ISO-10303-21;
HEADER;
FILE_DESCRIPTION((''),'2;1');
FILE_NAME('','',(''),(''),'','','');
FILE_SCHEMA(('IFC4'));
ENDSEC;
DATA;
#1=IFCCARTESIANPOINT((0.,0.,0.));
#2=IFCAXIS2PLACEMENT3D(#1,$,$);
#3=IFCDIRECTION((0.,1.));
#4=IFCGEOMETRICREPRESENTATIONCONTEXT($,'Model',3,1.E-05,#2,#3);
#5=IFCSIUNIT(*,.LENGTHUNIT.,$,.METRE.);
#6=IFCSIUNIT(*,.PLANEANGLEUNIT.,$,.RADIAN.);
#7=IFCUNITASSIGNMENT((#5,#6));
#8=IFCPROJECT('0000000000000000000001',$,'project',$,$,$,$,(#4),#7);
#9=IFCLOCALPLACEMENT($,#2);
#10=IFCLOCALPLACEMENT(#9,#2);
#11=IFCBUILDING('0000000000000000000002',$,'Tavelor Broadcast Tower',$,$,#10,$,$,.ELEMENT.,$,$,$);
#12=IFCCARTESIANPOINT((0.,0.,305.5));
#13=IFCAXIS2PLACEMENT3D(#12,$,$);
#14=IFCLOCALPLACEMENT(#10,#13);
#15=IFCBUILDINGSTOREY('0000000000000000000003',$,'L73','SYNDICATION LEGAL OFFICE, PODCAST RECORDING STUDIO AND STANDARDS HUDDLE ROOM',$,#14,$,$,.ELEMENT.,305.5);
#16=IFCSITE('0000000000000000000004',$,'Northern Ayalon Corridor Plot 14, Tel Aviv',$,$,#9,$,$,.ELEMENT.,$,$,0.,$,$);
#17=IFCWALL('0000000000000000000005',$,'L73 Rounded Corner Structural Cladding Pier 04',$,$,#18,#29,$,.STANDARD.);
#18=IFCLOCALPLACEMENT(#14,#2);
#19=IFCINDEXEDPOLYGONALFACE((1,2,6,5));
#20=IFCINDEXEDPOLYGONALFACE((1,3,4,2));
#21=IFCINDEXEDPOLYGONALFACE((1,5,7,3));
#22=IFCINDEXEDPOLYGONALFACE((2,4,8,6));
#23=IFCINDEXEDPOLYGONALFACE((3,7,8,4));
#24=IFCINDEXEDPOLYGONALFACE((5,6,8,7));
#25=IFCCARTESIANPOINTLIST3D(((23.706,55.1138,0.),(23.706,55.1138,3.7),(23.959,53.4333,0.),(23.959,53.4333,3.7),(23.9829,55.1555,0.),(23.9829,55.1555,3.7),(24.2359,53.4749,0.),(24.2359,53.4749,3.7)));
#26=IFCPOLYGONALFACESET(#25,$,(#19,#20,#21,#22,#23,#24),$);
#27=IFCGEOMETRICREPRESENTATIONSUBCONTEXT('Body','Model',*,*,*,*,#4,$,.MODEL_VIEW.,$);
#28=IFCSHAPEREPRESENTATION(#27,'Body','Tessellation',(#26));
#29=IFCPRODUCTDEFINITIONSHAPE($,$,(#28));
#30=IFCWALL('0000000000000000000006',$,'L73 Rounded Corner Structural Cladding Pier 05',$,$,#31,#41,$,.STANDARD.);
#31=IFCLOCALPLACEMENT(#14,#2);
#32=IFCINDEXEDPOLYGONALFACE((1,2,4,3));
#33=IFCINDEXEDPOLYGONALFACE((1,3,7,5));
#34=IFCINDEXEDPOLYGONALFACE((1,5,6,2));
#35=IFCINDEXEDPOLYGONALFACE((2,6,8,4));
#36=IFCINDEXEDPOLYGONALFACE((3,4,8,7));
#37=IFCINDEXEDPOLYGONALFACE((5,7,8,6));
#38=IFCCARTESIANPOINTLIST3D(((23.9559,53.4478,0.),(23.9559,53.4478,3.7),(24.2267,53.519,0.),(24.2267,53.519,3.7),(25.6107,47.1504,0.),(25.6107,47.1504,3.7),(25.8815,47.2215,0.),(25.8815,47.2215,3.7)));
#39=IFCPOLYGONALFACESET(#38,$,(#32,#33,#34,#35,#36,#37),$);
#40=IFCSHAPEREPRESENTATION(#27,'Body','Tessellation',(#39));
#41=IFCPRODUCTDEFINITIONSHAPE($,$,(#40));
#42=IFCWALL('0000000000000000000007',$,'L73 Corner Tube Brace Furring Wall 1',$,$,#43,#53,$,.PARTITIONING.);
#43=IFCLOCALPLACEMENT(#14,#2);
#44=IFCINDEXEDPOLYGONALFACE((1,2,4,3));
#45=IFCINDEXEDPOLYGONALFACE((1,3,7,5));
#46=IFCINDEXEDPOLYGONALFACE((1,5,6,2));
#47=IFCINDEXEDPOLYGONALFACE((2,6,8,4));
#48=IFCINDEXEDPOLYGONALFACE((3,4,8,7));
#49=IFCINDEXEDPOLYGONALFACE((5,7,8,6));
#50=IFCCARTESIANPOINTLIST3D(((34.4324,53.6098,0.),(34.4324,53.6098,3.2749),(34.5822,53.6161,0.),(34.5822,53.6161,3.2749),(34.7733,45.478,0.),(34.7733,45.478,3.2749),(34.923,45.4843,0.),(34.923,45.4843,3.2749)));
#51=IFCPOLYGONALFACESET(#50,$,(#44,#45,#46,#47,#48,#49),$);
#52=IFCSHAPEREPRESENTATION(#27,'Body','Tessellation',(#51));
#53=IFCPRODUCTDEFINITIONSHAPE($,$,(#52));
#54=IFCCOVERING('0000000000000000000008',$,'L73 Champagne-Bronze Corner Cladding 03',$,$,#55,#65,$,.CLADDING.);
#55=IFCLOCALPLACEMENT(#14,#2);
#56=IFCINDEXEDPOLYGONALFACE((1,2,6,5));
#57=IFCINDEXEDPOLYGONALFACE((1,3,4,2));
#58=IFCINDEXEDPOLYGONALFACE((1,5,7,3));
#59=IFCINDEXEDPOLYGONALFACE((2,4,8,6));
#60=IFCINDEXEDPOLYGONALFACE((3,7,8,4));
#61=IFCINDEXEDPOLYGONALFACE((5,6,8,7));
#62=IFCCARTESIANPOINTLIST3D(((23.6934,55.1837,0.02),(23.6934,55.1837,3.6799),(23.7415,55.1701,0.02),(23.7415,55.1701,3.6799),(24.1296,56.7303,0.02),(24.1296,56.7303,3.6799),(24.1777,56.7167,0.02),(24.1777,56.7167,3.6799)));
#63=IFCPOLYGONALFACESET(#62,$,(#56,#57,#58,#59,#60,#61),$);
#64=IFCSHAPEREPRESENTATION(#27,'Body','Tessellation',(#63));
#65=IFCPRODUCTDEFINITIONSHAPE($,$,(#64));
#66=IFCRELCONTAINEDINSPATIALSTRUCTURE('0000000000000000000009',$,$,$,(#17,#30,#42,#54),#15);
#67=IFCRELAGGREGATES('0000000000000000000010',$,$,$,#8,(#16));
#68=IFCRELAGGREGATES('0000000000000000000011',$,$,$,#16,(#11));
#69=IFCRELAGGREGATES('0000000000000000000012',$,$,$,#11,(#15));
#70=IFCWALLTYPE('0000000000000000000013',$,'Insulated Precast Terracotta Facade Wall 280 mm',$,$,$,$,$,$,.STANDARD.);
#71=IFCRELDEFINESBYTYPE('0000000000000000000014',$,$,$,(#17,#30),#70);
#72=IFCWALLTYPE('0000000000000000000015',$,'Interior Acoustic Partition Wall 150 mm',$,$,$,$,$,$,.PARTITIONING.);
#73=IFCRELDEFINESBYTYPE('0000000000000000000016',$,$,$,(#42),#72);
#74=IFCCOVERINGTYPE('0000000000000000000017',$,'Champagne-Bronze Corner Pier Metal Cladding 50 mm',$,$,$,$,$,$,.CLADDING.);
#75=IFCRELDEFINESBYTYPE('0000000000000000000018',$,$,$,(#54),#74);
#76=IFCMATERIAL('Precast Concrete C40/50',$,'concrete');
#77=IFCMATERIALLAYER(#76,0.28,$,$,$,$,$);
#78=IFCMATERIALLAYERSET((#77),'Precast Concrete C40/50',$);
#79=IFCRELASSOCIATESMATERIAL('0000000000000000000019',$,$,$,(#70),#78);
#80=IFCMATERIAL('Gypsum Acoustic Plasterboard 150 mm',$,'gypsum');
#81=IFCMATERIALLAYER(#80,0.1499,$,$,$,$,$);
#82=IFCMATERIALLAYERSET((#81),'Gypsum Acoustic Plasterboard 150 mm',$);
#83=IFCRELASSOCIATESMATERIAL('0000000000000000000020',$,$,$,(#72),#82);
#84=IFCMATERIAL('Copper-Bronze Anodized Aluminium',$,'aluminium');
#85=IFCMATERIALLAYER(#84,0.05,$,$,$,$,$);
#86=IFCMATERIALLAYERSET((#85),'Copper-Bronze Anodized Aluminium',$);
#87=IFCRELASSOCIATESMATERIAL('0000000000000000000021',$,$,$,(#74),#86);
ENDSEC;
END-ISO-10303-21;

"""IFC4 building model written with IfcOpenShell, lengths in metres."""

from ifc_helpers import new_model, si_unit, direction, frame, frame_2d, origin, origin_2d, place, context, subcontext, project, spatial, rectangle, extrude, material, layer, layer_set, type_object, element, save


model = new_model("IFC4")

# Units and contexts
model_context = context("Model", 3, precision=1e-05, world=origin(), true_north=direction((0.0, 1.0)))
body_context = subcontext(model_context, "Body", "Model", "MODEL_VIEW")
ifc_project = project(units=[si_unit("LENGTHUNIT", "METRE"), si_unit("PLANEANGLEUNIT", "RADIAN")], contexts=[model_context])

# Site, building, storey
site_placement = place(None, origin())
site = spatial("IfcSite", under=ifc_project, at=site_placement, Name="Northern Ayalon Corridor Plot 14, Tel Aviv", CompositionType="ELEMENT", RefElevation=0.0)
building_placement = place(site_placement, origin())
building = spatial("IfcBuilding", under=site, at=building_placement, Name="Tavelor Broadcast Tower", CompositionType="ELEMENT")
storey_placement = place(building_placement, frame((0.0, 0.0, 305.5)))
storey = spatial("IfcBuildingStorey", under=building, at=storey_placement, Name="L73", Description="SYNDICATION LEGAL OFFICE, PODCAST RECORDING STUDIO AND STANDARDS HUDDLE ROOM", CompositionType="ELEMENT", Elevation=305.5)

# Walls
ifc_material_1 = material(Name="Precast Concrete C40/50", Category="concrete")
ifc_layer_1 = layer(ifc_material_1, 0.28)
ifc_layer_set_1 = layer_set([ifc_layer_1], Name="Precast Concrete C40/50")
wall_type_1 = type_object("IfcWallType", Name="Insulated Precast Terracotta Facade Wall 280 mm", PredefinedType="STANDARD", material=ifc_layer_set_1)
wall_1_placement = place(storey_placement, frame((23.8445, 55.1345, 0.0), z_axis=(0.0, 0.0, 1.0), x_axis=(0.148839, -0.988861, 0.0)))
element("IfcWall", 1, at=wall_1_placement, inside=storey, type_object=wall_type_1, Name="L73 Rounded Corner Structural Cladding Pier 04", PredefinedType="STANDARD", context=body_context, shape_type="SweptSolid", body=[
    extrude(rectangle(XDim=1.6995, YDim=0.28, at=frame_2d((0.8496, 0.0))), origin(), (0.0, 0.0, 1.0), 3.7),
])
wall_2_placement = place(storey_placement, frame((24.0913, 53.4834, 0.0), z_axis=(0.0, 0.0, 1.0), x_axis=(0.254146, -0.967166, 0.0)))
element("IfcWall", 2, at=wall_2_placement, inside=storey, type_object=wall_type_1, Name="L73 Rounded Corner Structural Cladding Pier 05", PredefinedType="STANDARD", context=body_context, shape_type="SweptSolid", body=[
    extrude(rectangle(XDim=6.5112, YDim=0.28, at=frame_2d((3.2556, 0.0))), origin(), (0.0, 0.0, 1.0), 3.7),
])
ifc_material_2 = material(Name="Gypsum Acoustic Plasterboard 150 mm", Category="gypsum")
ifc_layer_2 = layer(ifc_material_2, 0.1499)
ifc_layer_set_2 = layer_set([ifc_layer_2], Name="Gypsum Acoustic Plasterboard 150 mm")
wall_type_2 = type_object("IfcWallType", Name="Interior Acoustic Partition Wall 150 mm", PredefinedType="PARTITIONING", material=ifc_layer_set_2)
wall_3_placement = place(storey_placement, frame((34.5073, 53.6128, 0.0), z_axis=(0.0, 0.0, 1.0), x_axis=(0.041875, -0.999123, 0.0)))
element("IfcWall", 3, at=wall_3_placement, inside=storey, type_object=wall_type_2, Name="L73 Corner Tube Brace Furring Wall 1", PredefinedType="PARTITIONING", context=body_context, shape_type="SweptSolid", body=[
    extrude(rectangle(XDim=8.1389, YDim=0.1499, at=frame_2d((4.0693, 0.0))), origin(), (0.0, 0.0, 1.0), 3.2749),
])

# Covering
ifc_material_3 = material(Name="Copper-Bronze Anodized Aluminium", Category="aluminium")
ifc_layer_3 = layer(ifc_material_3, 0.05)
ifc_layer_set_3 = layer_set([ifc_layer_3], Name="Copper-Bronze Anodized Aluminium")
covering_type = type_object("IfcCoveringType", Name="Champagne-Bronze Corner Pier Metal Cladding 50 mm", PredefinedType="CLADDING", material=ifc_layer_set_3)
covering_placement = place(storey_placement, frame((23.9355, 55.9502, 0.02), z_axis=(0.0, 0.0, 1.0), x_axis=(-0.27144, -0.962455, 0.0)))
element("IfcCovering", 4, at=covering_placement, inside=storey, type_object=covering_type, Name="L73 Champagne-Bronze Corner Cladding 03", PredefinedType="CLADDING", context=body_context, shape_type="SweptSolid", body=[
    extrude(rectangle(XDim=1.6069, YDim=0.05, at=origin_2d()), origin(), (0.0, 0.0, 1.0), 3.6599),
])

save(model, "model.ifc")
